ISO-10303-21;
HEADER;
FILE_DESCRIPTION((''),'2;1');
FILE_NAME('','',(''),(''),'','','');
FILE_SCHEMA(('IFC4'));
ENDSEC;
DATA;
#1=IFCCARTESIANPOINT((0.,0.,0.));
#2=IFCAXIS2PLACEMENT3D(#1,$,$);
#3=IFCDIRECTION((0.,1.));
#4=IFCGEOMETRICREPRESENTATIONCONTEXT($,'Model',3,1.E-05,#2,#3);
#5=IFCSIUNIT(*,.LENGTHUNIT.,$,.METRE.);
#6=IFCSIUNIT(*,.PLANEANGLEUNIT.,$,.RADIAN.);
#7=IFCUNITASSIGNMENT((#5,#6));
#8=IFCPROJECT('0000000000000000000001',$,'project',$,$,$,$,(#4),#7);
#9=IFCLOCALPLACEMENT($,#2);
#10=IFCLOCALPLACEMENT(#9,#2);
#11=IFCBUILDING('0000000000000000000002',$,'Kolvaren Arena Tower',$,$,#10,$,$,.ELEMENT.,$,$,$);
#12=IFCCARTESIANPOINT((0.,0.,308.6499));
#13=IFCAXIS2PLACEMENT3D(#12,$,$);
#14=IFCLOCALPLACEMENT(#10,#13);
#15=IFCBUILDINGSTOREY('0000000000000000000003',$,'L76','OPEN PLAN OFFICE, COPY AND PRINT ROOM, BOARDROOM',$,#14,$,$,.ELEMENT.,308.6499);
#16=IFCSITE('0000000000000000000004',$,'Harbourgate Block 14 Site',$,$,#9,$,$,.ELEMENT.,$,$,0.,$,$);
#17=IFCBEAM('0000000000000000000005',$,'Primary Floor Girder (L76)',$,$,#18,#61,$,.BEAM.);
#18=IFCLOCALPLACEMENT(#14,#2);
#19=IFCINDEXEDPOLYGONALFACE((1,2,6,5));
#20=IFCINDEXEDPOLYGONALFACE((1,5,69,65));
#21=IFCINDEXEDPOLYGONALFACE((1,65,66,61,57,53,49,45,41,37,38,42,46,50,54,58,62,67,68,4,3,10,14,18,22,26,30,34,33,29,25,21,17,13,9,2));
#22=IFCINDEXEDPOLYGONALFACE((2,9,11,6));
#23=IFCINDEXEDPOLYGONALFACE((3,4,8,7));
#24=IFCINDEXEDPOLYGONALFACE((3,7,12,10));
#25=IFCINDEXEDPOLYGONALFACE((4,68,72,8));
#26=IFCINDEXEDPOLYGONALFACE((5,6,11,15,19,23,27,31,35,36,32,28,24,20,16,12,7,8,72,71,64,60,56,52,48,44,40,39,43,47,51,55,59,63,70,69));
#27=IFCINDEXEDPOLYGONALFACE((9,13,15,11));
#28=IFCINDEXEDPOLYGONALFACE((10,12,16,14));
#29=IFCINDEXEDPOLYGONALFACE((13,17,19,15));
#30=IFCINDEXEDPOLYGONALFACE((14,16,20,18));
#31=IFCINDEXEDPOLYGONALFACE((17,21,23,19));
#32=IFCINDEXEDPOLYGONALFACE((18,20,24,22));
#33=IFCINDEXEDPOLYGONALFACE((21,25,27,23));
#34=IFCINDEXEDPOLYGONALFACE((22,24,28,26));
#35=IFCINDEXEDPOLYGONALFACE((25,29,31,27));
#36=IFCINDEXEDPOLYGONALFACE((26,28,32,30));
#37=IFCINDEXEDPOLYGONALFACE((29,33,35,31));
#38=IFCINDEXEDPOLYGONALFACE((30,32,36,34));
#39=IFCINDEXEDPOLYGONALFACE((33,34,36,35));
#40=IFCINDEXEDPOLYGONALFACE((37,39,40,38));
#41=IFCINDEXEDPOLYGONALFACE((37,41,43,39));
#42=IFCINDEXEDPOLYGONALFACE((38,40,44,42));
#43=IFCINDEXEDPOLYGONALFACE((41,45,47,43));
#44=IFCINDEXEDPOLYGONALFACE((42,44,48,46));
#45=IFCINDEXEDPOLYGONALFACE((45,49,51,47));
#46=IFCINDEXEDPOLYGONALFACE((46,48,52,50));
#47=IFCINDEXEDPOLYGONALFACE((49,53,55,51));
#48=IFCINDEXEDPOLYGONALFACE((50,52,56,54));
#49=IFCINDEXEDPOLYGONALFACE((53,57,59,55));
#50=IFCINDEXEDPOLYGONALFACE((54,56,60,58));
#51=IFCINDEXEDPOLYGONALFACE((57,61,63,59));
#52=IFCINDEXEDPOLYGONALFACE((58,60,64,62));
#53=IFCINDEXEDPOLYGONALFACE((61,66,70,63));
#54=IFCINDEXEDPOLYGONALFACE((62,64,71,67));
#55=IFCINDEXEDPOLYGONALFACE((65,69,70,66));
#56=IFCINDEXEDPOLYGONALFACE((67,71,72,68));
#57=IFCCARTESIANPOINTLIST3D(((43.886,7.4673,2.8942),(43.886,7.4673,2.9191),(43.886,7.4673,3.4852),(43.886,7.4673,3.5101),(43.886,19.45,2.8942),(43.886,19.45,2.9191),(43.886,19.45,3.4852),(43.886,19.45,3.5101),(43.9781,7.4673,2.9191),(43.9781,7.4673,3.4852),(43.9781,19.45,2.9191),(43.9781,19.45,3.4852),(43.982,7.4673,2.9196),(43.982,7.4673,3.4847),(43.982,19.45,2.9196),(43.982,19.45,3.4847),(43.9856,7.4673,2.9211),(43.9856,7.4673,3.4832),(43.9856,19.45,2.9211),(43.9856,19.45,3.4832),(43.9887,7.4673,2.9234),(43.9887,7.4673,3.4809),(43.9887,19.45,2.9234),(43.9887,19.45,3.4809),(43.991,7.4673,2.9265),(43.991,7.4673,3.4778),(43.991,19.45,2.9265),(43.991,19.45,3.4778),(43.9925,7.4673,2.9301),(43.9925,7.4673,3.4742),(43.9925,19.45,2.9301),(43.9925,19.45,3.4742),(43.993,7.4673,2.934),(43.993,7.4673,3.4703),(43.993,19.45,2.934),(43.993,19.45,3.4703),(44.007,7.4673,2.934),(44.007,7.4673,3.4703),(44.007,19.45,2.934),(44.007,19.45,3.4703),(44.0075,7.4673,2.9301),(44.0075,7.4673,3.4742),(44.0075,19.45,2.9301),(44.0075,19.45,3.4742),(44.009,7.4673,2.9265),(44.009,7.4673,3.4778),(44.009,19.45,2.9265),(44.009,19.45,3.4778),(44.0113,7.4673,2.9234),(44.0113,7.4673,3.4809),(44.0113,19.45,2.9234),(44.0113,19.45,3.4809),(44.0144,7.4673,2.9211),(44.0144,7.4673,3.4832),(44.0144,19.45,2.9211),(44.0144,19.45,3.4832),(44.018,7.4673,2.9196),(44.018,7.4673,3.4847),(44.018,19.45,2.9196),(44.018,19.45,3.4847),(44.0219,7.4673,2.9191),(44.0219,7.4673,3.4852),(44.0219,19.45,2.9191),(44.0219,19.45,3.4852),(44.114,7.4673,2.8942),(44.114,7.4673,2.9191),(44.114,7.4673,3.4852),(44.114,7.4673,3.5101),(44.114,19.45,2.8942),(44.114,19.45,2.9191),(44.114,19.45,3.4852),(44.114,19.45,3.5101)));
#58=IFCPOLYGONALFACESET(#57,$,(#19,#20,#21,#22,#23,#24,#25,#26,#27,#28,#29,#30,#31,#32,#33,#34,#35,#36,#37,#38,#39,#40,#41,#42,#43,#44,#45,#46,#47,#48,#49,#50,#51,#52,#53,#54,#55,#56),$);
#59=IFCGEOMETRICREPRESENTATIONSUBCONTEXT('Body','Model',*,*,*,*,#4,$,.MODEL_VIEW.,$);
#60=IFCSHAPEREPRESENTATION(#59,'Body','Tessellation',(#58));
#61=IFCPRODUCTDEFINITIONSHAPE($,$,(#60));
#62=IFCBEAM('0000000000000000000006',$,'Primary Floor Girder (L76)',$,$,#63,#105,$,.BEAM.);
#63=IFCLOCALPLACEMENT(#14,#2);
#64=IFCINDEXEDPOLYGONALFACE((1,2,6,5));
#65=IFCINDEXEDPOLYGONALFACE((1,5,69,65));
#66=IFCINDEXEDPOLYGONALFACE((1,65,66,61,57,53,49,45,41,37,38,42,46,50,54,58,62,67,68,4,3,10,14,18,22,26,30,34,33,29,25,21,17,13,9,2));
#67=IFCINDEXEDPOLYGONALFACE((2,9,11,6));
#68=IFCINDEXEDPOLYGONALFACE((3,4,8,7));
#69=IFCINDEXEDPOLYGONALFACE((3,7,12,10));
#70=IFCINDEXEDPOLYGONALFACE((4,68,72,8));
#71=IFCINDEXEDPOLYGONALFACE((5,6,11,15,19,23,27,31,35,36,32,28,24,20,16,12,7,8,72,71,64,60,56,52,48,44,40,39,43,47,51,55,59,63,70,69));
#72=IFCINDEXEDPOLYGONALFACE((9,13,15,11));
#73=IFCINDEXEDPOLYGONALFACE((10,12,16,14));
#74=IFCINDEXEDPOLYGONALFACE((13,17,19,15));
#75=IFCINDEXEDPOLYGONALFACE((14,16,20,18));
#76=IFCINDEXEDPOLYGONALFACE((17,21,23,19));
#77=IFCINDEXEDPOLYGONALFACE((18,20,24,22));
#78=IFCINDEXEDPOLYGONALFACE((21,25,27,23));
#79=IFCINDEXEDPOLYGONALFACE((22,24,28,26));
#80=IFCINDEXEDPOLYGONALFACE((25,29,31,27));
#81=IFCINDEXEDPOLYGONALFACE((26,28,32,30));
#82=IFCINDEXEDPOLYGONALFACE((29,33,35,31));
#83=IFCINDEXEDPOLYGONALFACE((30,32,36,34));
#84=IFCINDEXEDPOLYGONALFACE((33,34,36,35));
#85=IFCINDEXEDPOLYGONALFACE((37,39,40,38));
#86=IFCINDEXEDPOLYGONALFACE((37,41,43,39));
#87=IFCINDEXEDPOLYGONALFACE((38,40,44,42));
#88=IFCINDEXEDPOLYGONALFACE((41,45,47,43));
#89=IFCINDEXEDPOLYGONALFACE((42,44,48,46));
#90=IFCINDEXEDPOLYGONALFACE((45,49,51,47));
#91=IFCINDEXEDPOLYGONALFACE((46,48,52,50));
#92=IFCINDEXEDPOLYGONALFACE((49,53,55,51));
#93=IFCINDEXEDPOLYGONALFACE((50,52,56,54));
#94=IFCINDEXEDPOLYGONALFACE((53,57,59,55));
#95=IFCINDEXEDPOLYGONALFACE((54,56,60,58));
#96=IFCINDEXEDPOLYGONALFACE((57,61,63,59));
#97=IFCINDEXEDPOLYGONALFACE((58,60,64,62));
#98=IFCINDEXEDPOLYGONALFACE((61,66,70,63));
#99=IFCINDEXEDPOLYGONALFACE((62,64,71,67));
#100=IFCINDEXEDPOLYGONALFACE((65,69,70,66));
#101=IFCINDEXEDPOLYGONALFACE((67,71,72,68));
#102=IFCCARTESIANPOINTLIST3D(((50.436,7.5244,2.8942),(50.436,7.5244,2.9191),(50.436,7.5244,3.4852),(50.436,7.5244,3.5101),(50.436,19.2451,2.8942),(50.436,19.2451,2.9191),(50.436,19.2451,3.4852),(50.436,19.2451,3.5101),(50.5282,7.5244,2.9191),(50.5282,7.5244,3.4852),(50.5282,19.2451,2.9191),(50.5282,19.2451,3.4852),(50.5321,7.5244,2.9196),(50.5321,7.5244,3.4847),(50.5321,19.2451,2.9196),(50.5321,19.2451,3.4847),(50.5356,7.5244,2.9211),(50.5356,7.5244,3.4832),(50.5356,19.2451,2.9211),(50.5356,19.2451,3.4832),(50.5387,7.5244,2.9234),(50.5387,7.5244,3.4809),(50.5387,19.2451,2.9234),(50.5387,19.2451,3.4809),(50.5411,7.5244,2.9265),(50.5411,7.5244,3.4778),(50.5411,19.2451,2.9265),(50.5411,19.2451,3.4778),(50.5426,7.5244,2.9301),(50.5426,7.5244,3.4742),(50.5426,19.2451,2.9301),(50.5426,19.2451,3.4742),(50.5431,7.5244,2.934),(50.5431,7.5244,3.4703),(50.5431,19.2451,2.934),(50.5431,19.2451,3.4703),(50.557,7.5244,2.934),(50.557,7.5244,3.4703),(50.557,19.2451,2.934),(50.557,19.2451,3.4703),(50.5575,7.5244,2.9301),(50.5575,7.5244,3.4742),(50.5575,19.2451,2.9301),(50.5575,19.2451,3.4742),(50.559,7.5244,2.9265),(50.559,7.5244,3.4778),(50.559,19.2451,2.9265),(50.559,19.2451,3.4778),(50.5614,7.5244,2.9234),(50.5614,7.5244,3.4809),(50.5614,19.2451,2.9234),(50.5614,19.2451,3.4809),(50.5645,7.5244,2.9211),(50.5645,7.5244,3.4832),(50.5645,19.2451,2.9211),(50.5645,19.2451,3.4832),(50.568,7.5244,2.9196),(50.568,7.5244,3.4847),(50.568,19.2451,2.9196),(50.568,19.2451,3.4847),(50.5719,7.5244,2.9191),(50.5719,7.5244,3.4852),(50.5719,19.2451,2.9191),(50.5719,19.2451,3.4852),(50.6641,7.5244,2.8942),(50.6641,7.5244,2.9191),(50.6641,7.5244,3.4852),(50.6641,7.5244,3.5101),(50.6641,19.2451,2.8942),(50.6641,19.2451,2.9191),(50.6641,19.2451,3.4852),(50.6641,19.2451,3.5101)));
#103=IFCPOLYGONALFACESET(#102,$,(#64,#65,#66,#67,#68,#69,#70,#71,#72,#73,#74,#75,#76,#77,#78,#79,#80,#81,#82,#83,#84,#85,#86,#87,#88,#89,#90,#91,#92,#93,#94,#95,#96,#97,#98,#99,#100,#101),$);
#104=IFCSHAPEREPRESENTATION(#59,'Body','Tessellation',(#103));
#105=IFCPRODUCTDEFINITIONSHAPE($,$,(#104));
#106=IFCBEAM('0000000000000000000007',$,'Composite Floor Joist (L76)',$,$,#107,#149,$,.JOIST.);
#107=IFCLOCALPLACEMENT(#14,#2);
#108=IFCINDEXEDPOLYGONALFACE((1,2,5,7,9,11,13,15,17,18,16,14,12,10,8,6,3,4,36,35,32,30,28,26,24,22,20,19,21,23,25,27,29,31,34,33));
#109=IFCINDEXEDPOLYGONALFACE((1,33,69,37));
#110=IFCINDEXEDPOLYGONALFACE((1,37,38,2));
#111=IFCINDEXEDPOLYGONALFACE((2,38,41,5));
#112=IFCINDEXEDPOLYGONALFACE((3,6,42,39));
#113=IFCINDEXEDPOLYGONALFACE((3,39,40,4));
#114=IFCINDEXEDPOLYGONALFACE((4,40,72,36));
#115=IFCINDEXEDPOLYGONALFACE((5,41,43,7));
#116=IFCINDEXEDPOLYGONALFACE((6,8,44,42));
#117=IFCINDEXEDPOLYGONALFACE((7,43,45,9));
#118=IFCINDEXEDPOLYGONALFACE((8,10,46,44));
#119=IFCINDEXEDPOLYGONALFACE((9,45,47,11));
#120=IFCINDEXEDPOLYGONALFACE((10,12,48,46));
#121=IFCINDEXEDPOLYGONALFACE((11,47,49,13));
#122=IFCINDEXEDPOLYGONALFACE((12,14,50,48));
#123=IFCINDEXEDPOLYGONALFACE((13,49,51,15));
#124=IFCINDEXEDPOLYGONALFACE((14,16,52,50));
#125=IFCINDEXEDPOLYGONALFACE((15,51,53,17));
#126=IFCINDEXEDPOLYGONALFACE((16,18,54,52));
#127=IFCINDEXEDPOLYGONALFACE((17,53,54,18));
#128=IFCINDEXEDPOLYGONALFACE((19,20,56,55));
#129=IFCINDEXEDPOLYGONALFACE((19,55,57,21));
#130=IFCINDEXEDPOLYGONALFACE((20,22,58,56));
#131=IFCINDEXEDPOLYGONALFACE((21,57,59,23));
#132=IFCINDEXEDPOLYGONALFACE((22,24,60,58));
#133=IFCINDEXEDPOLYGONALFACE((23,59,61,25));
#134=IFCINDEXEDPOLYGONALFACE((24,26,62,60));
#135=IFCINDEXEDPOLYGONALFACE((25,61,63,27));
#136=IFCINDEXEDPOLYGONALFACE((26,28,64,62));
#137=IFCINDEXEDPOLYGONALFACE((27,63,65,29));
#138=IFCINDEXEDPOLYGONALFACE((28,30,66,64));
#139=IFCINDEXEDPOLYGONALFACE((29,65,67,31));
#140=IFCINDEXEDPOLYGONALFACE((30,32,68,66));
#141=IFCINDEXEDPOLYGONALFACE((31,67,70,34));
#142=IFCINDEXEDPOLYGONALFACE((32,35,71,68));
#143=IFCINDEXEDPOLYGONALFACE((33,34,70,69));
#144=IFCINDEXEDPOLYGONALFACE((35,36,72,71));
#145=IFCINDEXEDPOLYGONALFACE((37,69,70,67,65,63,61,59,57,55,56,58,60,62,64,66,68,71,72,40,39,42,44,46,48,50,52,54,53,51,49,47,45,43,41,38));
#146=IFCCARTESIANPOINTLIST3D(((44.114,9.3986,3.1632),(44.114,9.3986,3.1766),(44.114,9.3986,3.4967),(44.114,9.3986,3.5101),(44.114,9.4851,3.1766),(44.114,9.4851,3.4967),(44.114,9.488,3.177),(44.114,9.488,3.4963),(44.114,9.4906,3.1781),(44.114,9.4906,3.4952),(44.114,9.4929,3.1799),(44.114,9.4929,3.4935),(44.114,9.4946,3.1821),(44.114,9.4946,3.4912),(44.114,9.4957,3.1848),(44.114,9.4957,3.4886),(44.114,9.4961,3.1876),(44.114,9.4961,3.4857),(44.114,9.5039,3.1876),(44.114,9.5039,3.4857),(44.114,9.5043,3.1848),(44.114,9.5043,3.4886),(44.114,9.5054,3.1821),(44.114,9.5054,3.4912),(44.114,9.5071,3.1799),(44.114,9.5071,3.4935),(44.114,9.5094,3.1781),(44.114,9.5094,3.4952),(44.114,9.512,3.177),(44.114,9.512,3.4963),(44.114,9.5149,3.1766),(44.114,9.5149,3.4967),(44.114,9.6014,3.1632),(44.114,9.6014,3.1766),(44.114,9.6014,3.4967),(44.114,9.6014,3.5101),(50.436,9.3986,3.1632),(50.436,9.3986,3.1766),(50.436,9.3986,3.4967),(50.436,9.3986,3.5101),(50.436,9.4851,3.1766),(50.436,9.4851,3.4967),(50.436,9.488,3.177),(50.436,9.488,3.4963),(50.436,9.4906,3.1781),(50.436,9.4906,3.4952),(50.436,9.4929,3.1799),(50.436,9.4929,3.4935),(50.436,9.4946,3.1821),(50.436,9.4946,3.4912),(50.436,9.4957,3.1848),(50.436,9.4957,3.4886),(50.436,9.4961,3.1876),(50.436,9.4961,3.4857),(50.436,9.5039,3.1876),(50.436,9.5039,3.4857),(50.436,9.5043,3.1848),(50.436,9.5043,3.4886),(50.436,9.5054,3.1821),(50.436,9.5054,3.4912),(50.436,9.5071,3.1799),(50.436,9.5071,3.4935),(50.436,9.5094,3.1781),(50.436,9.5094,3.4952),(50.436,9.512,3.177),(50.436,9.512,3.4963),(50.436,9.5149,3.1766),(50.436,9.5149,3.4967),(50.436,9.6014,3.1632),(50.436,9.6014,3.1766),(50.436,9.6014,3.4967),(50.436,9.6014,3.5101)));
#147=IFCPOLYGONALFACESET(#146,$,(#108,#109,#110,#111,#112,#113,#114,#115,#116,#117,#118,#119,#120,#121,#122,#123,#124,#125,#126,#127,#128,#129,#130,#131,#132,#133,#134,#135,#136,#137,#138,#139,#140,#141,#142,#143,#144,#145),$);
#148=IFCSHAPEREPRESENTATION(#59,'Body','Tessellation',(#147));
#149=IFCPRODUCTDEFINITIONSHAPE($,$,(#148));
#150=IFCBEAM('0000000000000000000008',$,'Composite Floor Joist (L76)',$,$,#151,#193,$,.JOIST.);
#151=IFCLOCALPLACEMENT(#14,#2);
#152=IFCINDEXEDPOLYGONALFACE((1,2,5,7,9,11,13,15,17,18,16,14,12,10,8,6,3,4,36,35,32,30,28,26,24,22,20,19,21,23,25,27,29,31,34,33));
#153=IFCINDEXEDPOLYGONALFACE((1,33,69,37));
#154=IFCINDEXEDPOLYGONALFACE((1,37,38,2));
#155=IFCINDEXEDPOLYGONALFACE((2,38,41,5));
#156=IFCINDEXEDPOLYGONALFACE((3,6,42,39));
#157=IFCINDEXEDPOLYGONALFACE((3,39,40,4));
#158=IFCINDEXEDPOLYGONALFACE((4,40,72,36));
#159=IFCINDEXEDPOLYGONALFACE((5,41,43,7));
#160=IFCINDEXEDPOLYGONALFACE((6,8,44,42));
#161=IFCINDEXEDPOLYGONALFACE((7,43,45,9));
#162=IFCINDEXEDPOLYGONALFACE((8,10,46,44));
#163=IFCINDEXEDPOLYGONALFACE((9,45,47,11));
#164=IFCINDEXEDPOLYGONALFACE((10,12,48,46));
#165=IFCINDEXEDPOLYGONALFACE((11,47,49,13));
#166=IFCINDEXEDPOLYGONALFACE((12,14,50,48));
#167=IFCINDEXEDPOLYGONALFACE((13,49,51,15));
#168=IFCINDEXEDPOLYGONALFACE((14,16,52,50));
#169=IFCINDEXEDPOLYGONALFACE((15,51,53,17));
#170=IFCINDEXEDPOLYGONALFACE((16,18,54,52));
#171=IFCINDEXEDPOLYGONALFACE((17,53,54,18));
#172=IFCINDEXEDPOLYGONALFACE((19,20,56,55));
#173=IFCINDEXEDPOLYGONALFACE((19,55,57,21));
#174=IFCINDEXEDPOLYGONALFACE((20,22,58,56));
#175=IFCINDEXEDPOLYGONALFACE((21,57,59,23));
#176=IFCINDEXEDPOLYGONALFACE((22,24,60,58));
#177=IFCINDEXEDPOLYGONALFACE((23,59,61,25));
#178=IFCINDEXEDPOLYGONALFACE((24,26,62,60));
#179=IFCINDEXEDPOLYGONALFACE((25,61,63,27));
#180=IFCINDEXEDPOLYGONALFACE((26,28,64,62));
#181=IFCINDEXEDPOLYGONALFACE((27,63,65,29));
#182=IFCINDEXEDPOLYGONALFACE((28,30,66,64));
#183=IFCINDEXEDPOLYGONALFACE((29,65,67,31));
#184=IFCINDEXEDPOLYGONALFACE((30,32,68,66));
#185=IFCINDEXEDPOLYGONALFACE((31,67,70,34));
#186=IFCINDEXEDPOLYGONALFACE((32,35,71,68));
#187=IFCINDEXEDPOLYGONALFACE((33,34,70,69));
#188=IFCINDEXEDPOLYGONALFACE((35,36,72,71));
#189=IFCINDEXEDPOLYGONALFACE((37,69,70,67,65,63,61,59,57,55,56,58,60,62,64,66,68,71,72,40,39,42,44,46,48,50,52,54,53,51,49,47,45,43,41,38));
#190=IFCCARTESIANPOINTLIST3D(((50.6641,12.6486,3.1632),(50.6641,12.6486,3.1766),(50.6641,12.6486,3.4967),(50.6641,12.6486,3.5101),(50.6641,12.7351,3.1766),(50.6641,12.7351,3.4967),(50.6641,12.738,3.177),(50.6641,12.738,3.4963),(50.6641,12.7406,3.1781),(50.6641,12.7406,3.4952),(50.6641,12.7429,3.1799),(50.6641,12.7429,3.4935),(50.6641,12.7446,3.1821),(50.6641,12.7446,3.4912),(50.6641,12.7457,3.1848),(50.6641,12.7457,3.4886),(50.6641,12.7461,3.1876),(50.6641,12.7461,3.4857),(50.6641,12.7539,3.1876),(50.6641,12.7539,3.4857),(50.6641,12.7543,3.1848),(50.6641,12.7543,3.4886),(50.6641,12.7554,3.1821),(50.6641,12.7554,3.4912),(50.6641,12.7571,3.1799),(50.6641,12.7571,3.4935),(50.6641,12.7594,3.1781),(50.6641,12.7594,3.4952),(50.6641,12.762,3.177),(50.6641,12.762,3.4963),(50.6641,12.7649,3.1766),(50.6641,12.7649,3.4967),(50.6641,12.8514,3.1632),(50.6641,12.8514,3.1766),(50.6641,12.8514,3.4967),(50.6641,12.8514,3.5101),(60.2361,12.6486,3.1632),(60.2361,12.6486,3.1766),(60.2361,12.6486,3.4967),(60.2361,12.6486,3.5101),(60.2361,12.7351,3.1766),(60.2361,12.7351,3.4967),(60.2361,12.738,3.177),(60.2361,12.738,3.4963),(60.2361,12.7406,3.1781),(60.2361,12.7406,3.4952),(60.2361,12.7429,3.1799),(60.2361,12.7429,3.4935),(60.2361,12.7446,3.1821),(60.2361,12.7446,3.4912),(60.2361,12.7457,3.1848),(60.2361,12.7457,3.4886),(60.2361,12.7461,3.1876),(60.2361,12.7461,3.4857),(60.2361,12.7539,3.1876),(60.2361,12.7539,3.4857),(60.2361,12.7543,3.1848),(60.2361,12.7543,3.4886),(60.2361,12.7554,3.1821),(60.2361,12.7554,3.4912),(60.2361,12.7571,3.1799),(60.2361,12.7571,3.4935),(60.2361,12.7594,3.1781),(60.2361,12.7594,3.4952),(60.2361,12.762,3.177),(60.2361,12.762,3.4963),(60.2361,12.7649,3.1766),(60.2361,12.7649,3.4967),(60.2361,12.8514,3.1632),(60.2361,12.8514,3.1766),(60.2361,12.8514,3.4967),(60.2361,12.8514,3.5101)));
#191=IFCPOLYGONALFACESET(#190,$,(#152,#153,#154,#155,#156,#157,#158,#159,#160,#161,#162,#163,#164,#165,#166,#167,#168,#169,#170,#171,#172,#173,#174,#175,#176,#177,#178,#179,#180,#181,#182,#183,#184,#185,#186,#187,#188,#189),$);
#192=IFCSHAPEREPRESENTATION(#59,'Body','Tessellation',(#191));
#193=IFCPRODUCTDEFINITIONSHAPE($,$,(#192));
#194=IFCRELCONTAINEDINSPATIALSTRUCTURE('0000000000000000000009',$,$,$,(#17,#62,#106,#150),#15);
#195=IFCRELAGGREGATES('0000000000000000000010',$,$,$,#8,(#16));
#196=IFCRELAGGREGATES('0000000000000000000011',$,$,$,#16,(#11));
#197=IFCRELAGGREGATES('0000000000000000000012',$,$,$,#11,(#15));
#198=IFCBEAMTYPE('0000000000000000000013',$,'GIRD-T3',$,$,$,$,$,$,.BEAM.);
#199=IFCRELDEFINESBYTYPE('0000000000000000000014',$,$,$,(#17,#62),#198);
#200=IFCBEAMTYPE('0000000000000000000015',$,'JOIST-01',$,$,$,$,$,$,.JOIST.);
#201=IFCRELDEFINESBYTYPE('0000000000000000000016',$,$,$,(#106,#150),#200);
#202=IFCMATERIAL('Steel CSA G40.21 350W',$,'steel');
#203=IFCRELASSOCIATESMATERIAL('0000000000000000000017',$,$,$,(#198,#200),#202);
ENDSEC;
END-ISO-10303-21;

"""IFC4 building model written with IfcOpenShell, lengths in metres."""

from ifc_helpers import new_model, si_unit, direction, frame, origin, origin_2d, place, context, subcontext, project, spatial, i_section, extrude, material, material_profile, profile_set, type_object, element, save


model = new_model("IFC4")

# Units and contexts
model_context = context("Model", 3, precision=1e-05, world=origin(), true_north=direction((0.0, 1.0)))
body_context = subcontext(model_context, "Body", "Model", "MODEL_VIEW")
ifc_project = project(units=[si_unit("LENGTHUNIT", "METRE"), si_unit("PLANEANGLEUNIT", "RADIAN")], contexts=[model_context])

# Site, building, storey
site_placement = place(None, origin())
site = spatial("IfcSite", under=ifc_project, at=site_placement, Name="Harbourgate Block 14 Site", CompositionType="ELEMENT", RefElevation=0.0)
building_placement = place(site_placement, origin())
building = spatial("IfcBuilding", under=site, at=building_placement, Name="Kolvaren Arena Tower", CompositionType="ELEMENT")
storey_placement = place(building_placement, frame((0.0, 0.0, 308.6499)))
storey = spatial("IfcBuildingStorey", under=building, at=storey_placement, Name="L76", Description="OPEN PLAN OFFICE, COPY AND PRINT ROOM, BOARDROOM", CompositionType="ELEMENT", Elevation=308.6499)

# Beams
ifc_material_1 = material(Name="Steel CSA G40.21 350W", Category="steel")
ifc_material_profile_1 = material_profile(ifc_material_1, i_section(OverallWidth=0.228, OverallDepth=0.616, WebThickness=0.0139, FlangeThickness=0.0249, FilletRadius=0.0149, at=origin_2d()), Name="W610x174")
ifc_profile_set_1 = profile_set([ifc_material_profile_1], Name="Steel CSA G40.21 350W")
beam_type_1 = type_object("IfcBeamType", Name="GIRD-T3", PredefinedType="BEAM", material=ifc_profile_set_1)
beam_1_placement = place(storey_placement, frame((44.0, 7.4673, 3.2021), z_axis=(0.0, 1.0, 0.0), x_axis=(-1.0, 0.0, 0.0)))
element("IfcBeam", 1, at=beam_1_placement, inside=storey, type_object=beam_type_1, Name="Primary Floor Girder (L76)", PredefinedType="BEAM", context=body_context, shape_type="SweptSolid", body=[
    extrude(i_section(OverallWidth=0.228, OverallDepth=0.616, WebThickness=0.0139, FlangeThickness=0.0249, FilletRadius=0.0149, at=origin_2d()), origin(), (0.0, 0.0, 1.0), 11.9827),
])
beam_2_placement = place(storey_placement, frame((50.55, 7.5244, 3.2021), z_axis=(0.0, 1.0, 0.0), x_axis=(-1.0, 0.0, 0.0)))
element("IfcBeam", 2, at=beam_2_placement, inside=storey, type_object=beam_type_1, Name="Primary Floor Girder (L76)", PredefinedType="BEAM", context=body_context, shape_type="SweptSolid", body=[
    extrude(i_section(OverallWidth=0.228, OverallDepth=0.616, WebThickness=0.0139, FlangeThickness=0.0249, FilletRadius=0.0149, at=origin_2d()), origin(), (0.0, 0.0, 1.0), 11.7207),
])
ifc_material_profile_2 = material_profile(ifc_material_1, i_section(OverallWidth=0.2029, OverallDepth=0.3469, WebThickness=0.0078, FlangeThickness=0.0134, FilletRadius=0.011, at=origin_2d()), Name="W360x64")
ifc_profile_set_2 = profile_set([ifc_material_profile_2], Name="Steel CSA G40.21 350W")
beam_type_2 = type_object("IfcBeamType", Name="JOIST-01", PredefinedType="JOIST", material=ifc_profile_set_2)
beam_3_placement = place(storey_placement, frame((44.114, 9.5, 3.3367), z_axis=(1.0, 0.0, 0.0), x_axis=(0.0, 1.0, 0.0)))
element("IfcBeam", 3, at=beam_3_placement, inside=storey, type_object=beam_type_2, Name="Composite Floor Joist (L76)", PredefinedType="JOIST", context=body_context, shape_type="SweptSolid", body=[
    extrude(i_section(OverallWidth=0.2029, OverallDepth=0.3469, WebThickness=0.0078, FlangeThickness=0.0134, FilletRadius=0.011, at=origin_2d()), origin(), (0.0, 0.0, 1.0), 6.322),
])
beam_4_placement = place(storey_placement, frame((50.6641, 12.75, 3.3367), z_axis=(1.0, 0.0, 0.0), x_axis=(0.0, 1.0, 0.0)))
element("IfcBeam", 4, at=beam_4_placement, inside=storey, type_object=beam_type_2, Name="Composite Floor Joist (L76)", PredefinedType="JOIST", context=body_context, shape_type="SweptSolid", body=[
    extrude(i_section(OverallWidth=0.2029, OverallDepth=0.3469, WebThickness=0.0078, FlangeThickness=0.0134, FilletRadius=0.011, at=origin_2d()), origin(), (0.0, 0.0, 1.0), 9.572),
])

save(model, "model.ifc")
